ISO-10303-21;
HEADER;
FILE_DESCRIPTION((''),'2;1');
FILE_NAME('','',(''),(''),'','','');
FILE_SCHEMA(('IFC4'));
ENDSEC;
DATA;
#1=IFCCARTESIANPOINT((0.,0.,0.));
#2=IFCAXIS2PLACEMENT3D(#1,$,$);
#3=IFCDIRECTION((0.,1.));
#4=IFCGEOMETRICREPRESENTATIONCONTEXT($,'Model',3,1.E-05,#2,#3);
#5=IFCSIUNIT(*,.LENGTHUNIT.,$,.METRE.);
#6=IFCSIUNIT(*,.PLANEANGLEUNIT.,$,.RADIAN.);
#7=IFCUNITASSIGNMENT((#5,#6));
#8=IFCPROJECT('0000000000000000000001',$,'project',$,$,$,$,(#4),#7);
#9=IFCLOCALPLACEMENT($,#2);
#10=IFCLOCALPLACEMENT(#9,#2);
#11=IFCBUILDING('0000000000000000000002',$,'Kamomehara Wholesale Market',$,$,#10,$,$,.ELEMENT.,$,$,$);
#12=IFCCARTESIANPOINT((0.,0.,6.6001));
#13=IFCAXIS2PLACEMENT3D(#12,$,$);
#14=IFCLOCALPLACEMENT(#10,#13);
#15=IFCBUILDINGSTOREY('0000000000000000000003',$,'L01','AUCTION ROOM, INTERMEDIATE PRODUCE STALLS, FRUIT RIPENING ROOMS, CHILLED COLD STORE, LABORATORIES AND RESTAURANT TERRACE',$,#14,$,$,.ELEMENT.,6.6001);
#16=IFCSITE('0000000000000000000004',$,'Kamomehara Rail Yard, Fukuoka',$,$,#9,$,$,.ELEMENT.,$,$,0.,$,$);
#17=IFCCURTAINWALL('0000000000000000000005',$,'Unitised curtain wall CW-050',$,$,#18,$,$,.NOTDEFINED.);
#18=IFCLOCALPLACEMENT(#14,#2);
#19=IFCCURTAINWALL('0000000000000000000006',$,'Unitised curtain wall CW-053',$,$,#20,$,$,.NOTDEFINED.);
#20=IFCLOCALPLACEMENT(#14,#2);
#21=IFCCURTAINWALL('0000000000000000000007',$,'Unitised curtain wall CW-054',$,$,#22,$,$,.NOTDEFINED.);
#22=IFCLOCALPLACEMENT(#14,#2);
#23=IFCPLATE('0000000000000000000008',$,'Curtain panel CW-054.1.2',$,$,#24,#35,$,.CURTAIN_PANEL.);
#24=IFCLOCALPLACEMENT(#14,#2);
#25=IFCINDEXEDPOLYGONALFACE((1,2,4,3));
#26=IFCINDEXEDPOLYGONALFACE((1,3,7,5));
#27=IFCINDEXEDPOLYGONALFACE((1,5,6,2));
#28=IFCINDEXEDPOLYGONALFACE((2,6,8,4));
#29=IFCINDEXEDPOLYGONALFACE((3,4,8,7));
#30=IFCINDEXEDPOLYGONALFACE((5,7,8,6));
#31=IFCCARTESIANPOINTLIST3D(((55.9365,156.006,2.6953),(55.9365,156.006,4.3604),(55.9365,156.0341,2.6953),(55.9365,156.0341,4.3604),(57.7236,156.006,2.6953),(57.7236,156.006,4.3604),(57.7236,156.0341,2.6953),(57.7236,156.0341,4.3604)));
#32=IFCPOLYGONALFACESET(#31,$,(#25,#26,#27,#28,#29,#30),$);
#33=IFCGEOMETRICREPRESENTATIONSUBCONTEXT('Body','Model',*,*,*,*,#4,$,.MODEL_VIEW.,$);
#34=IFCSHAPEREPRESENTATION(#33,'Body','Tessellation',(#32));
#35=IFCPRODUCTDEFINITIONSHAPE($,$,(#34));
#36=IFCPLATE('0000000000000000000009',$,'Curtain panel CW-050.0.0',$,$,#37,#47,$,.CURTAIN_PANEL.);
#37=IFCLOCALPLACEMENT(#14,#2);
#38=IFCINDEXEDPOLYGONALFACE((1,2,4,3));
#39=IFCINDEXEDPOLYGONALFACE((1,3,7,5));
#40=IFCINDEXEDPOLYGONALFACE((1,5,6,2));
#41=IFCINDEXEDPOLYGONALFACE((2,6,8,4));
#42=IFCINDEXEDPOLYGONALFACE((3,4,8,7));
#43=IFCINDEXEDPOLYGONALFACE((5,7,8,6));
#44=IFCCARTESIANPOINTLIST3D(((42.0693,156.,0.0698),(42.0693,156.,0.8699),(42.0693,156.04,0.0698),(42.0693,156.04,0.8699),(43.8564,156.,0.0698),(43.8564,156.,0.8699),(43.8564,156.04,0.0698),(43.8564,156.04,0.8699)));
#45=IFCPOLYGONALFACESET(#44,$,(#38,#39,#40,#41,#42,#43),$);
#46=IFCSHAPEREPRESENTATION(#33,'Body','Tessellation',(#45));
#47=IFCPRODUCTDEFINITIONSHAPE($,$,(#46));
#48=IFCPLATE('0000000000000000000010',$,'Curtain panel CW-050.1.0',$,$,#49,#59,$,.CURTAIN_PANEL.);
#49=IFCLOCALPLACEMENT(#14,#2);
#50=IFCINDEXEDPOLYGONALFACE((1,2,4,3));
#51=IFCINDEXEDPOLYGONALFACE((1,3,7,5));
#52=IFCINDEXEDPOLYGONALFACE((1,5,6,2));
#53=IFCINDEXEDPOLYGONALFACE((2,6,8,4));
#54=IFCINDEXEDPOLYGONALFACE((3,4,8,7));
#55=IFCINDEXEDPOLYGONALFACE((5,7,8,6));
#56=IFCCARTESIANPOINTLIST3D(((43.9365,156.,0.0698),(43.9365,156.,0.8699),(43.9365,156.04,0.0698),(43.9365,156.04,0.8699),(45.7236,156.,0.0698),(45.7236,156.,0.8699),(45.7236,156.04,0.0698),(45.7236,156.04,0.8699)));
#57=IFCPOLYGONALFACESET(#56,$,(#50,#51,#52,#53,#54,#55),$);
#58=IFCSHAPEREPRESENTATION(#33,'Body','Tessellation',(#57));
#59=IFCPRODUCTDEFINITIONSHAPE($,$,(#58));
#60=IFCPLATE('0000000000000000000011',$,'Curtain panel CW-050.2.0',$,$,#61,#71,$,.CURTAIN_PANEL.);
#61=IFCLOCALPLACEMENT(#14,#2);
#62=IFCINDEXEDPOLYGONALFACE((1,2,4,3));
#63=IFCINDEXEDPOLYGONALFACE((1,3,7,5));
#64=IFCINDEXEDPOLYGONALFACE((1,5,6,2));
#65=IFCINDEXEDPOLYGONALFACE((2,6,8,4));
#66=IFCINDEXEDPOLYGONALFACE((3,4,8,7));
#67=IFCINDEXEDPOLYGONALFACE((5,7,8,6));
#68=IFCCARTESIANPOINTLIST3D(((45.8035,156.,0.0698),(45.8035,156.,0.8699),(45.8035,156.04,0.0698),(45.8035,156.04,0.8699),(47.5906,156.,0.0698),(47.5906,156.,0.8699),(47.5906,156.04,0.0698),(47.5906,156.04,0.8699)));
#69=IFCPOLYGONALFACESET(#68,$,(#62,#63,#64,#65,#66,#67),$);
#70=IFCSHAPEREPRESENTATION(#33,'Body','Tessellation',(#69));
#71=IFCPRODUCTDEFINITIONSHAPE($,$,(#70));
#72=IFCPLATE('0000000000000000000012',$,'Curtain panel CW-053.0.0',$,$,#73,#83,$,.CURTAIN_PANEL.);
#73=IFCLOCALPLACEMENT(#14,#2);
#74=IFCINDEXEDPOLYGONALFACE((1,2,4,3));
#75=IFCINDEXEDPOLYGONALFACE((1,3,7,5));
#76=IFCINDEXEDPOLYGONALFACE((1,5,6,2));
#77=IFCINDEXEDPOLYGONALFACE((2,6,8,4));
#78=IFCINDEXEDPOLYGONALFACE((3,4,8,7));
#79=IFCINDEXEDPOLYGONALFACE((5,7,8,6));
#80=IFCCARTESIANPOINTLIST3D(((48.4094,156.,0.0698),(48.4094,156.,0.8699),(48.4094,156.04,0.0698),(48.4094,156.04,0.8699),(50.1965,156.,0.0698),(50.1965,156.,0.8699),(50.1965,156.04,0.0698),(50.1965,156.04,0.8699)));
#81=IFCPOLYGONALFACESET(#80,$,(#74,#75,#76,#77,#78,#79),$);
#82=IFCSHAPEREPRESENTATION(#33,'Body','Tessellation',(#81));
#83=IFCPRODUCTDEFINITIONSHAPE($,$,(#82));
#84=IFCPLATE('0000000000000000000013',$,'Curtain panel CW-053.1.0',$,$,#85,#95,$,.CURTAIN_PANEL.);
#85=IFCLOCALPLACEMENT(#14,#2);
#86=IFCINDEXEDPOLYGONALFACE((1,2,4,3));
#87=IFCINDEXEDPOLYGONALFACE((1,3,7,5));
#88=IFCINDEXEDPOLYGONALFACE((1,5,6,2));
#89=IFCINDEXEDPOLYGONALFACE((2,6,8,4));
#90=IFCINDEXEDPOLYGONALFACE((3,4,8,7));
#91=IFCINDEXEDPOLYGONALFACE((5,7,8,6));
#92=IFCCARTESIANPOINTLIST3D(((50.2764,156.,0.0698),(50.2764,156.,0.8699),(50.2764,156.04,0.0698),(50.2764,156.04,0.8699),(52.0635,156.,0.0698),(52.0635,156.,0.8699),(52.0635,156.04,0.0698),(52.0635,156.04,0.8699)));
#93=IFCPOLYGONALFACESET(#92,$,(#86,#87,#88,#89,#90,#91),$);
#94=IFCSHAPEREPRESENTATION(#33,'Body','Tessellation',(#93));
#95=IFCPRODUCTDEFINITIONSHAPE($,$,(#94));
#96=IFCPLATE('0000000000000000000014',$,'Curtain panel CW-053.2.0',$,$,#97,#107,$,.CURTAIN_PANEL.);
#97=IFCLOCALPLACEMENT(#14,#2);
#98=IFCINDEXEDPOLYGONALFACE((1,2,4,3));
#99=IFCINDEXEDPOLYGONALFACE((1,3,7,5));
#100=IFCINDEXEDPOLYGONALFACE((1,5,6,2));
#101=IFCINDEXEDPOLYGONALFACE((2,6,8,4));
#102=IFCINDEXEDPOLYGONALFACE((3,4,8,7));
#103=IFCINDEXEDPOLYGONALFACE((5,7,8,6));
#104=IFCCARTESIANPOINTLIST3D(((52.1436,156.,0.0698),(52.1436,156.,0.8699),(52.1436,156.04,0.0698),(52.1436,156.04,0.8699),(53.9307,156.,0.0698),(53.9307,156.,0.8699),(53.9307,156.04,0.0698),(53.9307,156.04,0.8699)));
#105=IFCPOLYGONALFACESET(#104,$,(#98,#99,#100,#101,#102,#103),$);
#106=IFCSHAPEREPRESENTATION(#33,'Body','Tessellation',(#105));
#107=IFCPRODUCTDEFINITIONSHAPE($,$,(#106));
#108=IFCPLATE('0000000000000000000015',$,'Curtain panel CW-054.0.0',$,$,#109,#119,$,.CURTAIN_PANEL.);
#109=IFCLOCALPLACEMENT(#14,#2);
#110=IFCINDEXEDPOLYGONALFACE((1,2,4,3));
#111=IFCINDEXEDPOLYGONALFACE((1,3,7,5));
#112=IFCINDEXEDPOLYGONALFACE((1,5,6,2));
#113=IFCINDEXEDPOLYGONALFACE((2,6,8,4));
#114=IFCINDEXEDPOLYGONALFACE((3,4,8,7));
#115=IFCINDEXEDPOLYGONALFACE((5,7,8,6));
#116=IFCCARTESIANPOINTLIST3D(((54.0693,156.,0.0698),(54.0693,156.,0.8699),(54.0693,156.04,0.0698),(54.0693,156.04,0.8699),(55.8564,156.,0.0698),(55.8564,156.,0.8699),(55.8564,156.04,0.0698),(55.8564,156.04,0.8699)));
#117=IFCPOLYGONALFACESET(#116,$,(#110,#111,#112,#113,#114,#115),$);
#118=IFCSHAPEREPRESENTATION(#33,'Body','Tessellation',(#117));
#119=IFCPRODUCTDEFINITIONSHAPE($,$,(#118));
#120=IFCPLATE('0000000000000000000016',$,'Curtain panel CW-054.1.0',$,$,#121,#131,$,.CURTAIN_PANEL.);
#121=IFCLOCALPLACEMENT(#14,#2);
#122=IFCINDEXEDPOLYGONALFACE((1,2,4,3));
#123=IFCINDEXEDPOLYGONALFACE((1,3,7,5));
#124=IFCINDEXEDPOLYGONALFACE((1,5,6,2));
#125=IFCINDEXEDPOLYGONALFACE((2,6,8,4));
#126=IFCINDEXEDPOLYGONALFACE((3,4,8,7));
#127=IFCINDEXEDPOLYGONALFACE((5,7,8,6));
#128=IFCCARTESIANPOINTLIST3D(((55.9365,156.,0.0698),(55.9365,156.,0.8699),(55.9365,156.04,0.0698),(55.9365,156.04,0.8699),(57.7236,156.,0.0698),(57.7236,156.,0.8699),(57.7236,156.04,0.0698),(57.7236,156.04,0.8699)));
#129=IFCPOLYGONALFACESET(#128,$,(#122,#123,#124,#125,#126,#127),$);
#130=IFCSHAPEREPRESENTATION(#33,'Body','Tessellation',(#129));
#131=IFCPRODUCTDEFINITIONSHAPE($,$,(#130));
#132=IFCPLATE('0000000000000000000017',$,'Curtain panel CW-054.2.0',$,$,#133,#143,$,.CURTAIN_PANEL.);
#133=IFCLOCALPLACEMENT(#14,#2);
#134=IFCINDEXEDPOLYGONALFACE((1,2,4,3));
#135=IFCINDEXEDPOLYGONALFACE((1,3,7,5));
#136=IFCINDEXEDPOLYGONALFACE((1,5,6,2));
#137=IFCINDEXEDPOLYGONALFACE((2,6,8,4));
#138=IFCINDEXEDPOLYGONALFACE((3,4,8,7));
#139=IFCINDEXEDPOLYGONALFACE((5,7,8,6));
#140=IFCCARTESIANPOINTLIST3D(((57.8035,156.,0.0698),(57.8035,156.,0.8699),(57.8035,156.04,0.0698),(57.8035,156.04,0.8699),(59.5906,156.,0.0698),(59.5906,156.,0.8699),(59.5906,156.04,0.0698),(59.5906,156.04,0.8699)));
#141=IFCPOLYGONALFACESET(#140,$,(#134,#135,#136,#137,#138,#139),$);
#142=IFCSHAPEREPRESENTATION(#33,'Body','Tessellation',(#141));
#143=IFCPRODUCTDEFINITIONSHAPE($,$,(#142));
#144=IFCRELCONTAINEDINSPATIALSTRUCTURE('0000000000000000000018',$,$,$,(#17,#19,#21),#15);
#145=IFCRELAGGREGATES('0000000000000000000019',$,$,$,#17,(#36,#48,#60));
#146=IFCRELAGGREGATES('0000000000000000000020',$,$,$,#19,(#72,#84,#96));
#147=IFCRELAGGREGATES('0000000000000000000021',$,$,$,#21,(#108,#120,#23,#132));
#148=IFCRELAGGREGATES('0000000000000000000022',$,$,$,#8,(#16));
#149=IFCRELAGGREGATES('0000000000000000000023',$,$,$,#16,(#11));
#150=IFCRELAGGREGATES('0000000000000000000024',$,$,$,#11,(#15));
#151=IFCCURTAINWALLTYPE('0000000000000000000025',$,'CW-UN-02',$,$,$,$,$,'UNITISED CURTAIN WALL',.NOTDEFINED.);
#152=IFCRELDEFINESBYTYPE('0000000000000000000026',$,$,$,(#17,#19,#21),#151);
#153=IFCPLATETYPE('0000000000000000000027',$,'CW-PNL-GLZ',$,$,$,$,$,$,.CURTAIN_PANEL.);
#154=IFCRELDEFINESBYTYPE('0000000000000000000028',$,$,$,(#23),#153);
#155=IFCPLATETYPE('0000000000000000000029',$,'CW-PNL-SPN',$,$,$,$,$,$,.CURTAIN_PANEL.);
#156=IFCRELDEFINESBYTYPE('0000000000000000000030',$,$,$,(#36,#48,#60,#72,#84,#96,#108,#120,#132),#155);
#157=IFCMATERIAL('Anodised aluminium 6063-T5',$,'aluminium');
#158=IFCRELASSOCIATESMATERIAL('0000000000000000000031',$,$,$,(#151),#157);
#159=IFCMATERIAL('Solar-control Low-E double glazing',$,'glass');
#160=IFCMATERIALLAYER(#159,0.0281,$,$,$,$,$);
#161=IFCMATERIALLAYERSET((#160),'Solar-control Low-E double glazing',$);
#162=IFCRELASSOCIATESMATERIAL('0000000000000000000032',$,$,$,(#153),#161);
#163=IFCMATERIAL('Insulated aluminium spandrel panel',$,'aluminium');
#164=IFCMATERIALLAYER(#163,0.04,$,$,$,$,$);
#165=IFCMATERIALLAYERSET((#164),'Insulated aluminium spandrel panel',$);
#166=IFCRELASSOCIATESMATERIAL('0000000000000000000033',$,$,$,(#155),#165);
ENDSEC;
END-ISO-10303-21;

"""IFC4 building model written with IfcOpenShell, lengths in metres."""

from ifc_helpers import new_model, si_unit, direction, frame, origin, origin_2d, place, context, subcontext, project, spatial, rectangle, extrude, material, layer, layer_set, type_object, element, aggregate, save


model = new_model("IFC4")

# Units and contexts
model_context = context("Model", 3, precision=1e-05, world=origin(), true_north=direction((0.0, 1.0)))
body_context = subcontext(model_context, "Body", "Model", "MODEL_VIEW")
ifc_project = project(units=[si_unit("LENGTHUNIT", "METRE"), si_unit("PLANEANGLEUNIT", "RADIAN")], contexts=[model_context])

# Site, building, storey
site_placement = place(None, origin())
site = spatial("IfcSite", under=ifc_project, at=site_placement, Name="Kamomehara Rail Yard, Fukuoka", CompositionType="ELEMENT", RefElevation=0.0)
building_placement = place(site_placement, origin())
building = spatial("IfcBuilding", under=site, at=building_placement, Name="Kamomehara Wholesale Market", CompositionType="ELEMENT")
storey_placement = place(building_placement, frame((0.0, 0.0, 6.6001)))
storey = spatial("IfcBuildingStorey", under=building, at=storey_placement, Name="L01", Description="AUCTION ROOM, INTERMEDIATE PRODUCE STALLS, FRUIT RIPENING ROOMS, CHILLED COLD STORE, LABORATORIES AND RESTAURANT TERRACE", CompositionType="ELEMENT", Elevation=6.6001)

# Curtain walls, plate
ifc_material_1 = material(Name="Anodised aluminium 6063-T5", Category="aluminium")
curtain_wall_type = type_object("IfcCurtainWallType", Name="CW-UN-02", ElementType="UNITISED CURTAIN WALL", PredefinedType="NOTDEFINED", material=ifc_material_1)
curtain_wall_1_placement = place(storey_placement, origin())
curtain_wall_1 = element("IfcCurtainWall", 1, at=curtain_wall_1_placement, inside=storey, type_object=curtain_wall_type, Name="Unitised curtain wall CW-050", PredefinedType="NOTDEFINED")
ifc_material_2 = material(Name="Solar-control Low-E double glazing", Category="glass")
ifc_layer_1 = layer(ifc_material_2, 0.0281)
ifc_layer_set_1 = layer_set([ifc_layer_1], Name="Solar-control Low-E double glazing")
plate_type_1 = type_object("IfcPlateType", Name="CW-PNL-GLZ", PredefinedType="CURTAIN_PANEL", material=ifc_layer_set_1)
curtain_wall_2_placement = place(storey_placement, origin())
curtain_wall_2 = element("IfcCurtainWall", 2, at=curtain_wall_2_placement, inside=storey, type_object=curtain_wall_type, Name="Unitised curtain wall CW-053", PredefinedType="NOTDEFINED")
curtain_wall_3_placement = place(storey_placement, origin())
curtain_wall_3 = element("IfcCurtainWall", 3, at=curtain_wall_3_placement, inside=storey, type_object=curtain_wall_type, Name="Unitised curtain wall CW-054", PredefinedType="NOTDEFINED")
plate_1_placement = place(storey_placement, frame((56.8301, 156.02, 2.6953), z_axis=(0.0, 0.0, 1.0), x_axis=(1.0, 0.0, 0.0)))
plate_1 = element("IfcPlate", 4, at=plate_1_placement, type_object=plate_type_1, Name="Curtain panel CW-054.1.2", PredefinedType="CURTAIN_PANEL", context=body_context, shape_type="SweptSolid", body=[
    extrude(rectangle(XDim=1.7871, YDim=0.0281, at=origin_2d()), origin(), (0.0, 0.0, 1.0), 1.665),
])

# Plates
ifc_material_3 = material(Name="Insulated aluminium spandrel panel", Category="aluminium")
ifc_layer_2 = layer(ifc_material_3, 0.04)
ifc_layer_set_2 = layer_set([ifc_layer_2], Name="Insulated aluminium spandrel panel")
plate_type_2 = type_object("IfcPlateType", Name="CW-PNL-SPN", PredefinedType="CURTAIN_PANEL", material=ifc_layer_set_2)
plate_2_placement = place(storey_placement, frame((42.9629, 156.02, 0.0698), z_axis=(0.0, 0.0, 1.0), x_axis=(1.0, 0.0, 0.0)))
plate_2 = element("IfcPlate", 5, at=plate_2_placement, type_object=plate_type_2, Name="Curtain panel CW-050.0.0", PredefinedType="CURTAIN_PANEL", context=body_context, shape_type="SweptSolid", body=[
    extrude(rectangle(XDim=1.7871, YDim=0.04, at=origin_2d()), origin(), (0.0, 0.0, 1.0), 0.8),
])
plate_3_placement = place(storey_placement, frame((44.8301, 156.02, 0.0698), z_axis=(0.0, 0.0, 1.0), x_axis=(1.0, 0.0, 0.0)))
plate_3 = element("IfcPlate", 6, at=plate_3_placement, type_object=plate_type_2, Name="Curtain panel CW-050.1.0", PredefinedType="CURTAIN_PANEL", context=body_context, shape_type="SweptSolid", body=[
    extrude(rectangle(XDim=1.7871, YDim=0.04, at=origin_2d()), origin(), (0.0, 0.0, 1.0), 0.8),
])
plate_4_placement = place(storey_placement, frame((46.697, 156.02, 0.0698), z_axis=(0.0, 0.0, 1.0), x_axis=(1.0, 0.0, 0.0)))
plate_4 = element("IfcPlate", 7, at=plate_4_placement, type_object=plate_type_2, Name="Curtain panel CW-050.2.0", PredefinedType="CURTAIN_PANEL", context=body_context, shape_type="SweptSolid", body=[
    extrude(rectangle(XDim=1.7871, YDim=0.04, at=origin_2d()), origin(), (0.0, 0.0, 1.0), 0.8),
])
aggregate(curtain_wall_1, [plate_2, plate_3, plate_4])
plate_5_placement = place(storey_placement, frame((49.303, 156.02, 0.0698), z_axis=(0.0, 0.0, 1.0), x_axis=(1.0, 0.0, 0.0)))
plate_5 = element("IfcPlate", 8, at=plate_5_placement, type_object=plate_type_2, Name="Curtain panel CW-053.0.0", PredefinedType="CURTAIN_PANEL", context=body_context, shape_type="SweptSolid", body=[
    extrude(rectangle(XDim=1.7871, YDim=0.04, at=origin_2d()), origin(), (0.0, 0.0, 1.0), 0.8),
])
plate_6_placement = place(storey_placement, frame((51.1699, 156.02, 0.0698), z_axis=(0.0, 0.0, 1.0), x_axis=(1.0, 0.0, 0.0)))
plate_6 = element("IfcPlate", 9, at=plate_6_placement, type_object=plate_type_2, Name="Curtain panel CW-053.1.0", PredefinedType="CURTAIN_PANEL", context=body_context, shape_type="SweptSolid", body=[
    extrude(rectangle(XDim=1.7871, YDim=0.04, at=origin_2d()), origin(), (0.0, 0.0, 1.0), 0.8),
])
plate_7_placement = place(storey_placement, frame((53.0371, 156.02, 0.0698), z_axis=(0.0, 0.0, 1.0), x_axis=(1.0, 0.0, 0.0)))
plate_7 = element("IfcPlate", 10, at=plate_7_placement, type_object=plate_type_2, Name="Curtain panel CW-053.2.0", PredefinedType="CURTAIN_PANEL", context=body_context, shape_type="SweptSolid", body=[
    extrude(rectangle(XDim=1.7871, YDim=0.04, at=origin_2d()), origin(), (0.0, 0.0, 1.0), 0.8),
])
aggregate(curtain_wall_2, [plate_5, plate_6, plate_7])
plate_8_placement = place(storey_placement, frame((54.9629, 156.02, 0.0698), z_axis=(0.0, 0.0, 1.0), x_axis=(1.0, 0.0, 0.0)))
plate_8 = element("IfcPlate", 11, at=plate_8_placement, type_object=plate_type_2, Name="Curtain panel CW-054.0.0", PredefinedType="CURTAIN_PANEL", context=body_context, shape_type="SweptSolid", body=[
    extrude(rectangle(XDim=1.7871, YDim=0.04, at=origin_2d()), origin(), (0.0, 0.0, 1.0), 0.8),
])
plate_9_placement = place(storey_placement, frame((56.8301, 156.02, 0.0698), z_axis=(0.0, 0.0, 1.0), x_axis=(1.0, 0.0, 0.0)))
plate_9 = element("IfcPlate", 12, at=plate_9_placement, type_object=plate_type_2, Name="Curtain panel CW-054.1.0", PredefinedType="CURTAIN_PANEL", context=body_context, shape_type="SweptSolid", body=[
    extrude(rectangle(XDim=1.7871, YDim=0.04, at=origin_2d()), origin(), (0.0, 0.0, 1.0), 0.8),
])
plate_10_placement = place(storey_placement, frame((58.697, 156.02, 0.0698), z_axis=(0.0, 0.0, 1.0), x_axis=(1.0, 0.0, 0.0)))
plate_10 = element("IfcPlate", 13, at=plate_10_placement, type_object=plate_type_2, Name="Curtain panel CW-054.2.0", PredefinedType="CURTAIN_PANEL", context=body_context, shape_type="SweptSolid", body=[
    extrude(rectangle(XDim=1.7871, YDim=0.04, at=origin_2d()), origin(), (0.0, 0.0, 1.0), 0.8),
])
aggregate(curtain_wall_3, [plate_8, plate_9, plate_1, plate_10])

save(model, "model.ifc")
